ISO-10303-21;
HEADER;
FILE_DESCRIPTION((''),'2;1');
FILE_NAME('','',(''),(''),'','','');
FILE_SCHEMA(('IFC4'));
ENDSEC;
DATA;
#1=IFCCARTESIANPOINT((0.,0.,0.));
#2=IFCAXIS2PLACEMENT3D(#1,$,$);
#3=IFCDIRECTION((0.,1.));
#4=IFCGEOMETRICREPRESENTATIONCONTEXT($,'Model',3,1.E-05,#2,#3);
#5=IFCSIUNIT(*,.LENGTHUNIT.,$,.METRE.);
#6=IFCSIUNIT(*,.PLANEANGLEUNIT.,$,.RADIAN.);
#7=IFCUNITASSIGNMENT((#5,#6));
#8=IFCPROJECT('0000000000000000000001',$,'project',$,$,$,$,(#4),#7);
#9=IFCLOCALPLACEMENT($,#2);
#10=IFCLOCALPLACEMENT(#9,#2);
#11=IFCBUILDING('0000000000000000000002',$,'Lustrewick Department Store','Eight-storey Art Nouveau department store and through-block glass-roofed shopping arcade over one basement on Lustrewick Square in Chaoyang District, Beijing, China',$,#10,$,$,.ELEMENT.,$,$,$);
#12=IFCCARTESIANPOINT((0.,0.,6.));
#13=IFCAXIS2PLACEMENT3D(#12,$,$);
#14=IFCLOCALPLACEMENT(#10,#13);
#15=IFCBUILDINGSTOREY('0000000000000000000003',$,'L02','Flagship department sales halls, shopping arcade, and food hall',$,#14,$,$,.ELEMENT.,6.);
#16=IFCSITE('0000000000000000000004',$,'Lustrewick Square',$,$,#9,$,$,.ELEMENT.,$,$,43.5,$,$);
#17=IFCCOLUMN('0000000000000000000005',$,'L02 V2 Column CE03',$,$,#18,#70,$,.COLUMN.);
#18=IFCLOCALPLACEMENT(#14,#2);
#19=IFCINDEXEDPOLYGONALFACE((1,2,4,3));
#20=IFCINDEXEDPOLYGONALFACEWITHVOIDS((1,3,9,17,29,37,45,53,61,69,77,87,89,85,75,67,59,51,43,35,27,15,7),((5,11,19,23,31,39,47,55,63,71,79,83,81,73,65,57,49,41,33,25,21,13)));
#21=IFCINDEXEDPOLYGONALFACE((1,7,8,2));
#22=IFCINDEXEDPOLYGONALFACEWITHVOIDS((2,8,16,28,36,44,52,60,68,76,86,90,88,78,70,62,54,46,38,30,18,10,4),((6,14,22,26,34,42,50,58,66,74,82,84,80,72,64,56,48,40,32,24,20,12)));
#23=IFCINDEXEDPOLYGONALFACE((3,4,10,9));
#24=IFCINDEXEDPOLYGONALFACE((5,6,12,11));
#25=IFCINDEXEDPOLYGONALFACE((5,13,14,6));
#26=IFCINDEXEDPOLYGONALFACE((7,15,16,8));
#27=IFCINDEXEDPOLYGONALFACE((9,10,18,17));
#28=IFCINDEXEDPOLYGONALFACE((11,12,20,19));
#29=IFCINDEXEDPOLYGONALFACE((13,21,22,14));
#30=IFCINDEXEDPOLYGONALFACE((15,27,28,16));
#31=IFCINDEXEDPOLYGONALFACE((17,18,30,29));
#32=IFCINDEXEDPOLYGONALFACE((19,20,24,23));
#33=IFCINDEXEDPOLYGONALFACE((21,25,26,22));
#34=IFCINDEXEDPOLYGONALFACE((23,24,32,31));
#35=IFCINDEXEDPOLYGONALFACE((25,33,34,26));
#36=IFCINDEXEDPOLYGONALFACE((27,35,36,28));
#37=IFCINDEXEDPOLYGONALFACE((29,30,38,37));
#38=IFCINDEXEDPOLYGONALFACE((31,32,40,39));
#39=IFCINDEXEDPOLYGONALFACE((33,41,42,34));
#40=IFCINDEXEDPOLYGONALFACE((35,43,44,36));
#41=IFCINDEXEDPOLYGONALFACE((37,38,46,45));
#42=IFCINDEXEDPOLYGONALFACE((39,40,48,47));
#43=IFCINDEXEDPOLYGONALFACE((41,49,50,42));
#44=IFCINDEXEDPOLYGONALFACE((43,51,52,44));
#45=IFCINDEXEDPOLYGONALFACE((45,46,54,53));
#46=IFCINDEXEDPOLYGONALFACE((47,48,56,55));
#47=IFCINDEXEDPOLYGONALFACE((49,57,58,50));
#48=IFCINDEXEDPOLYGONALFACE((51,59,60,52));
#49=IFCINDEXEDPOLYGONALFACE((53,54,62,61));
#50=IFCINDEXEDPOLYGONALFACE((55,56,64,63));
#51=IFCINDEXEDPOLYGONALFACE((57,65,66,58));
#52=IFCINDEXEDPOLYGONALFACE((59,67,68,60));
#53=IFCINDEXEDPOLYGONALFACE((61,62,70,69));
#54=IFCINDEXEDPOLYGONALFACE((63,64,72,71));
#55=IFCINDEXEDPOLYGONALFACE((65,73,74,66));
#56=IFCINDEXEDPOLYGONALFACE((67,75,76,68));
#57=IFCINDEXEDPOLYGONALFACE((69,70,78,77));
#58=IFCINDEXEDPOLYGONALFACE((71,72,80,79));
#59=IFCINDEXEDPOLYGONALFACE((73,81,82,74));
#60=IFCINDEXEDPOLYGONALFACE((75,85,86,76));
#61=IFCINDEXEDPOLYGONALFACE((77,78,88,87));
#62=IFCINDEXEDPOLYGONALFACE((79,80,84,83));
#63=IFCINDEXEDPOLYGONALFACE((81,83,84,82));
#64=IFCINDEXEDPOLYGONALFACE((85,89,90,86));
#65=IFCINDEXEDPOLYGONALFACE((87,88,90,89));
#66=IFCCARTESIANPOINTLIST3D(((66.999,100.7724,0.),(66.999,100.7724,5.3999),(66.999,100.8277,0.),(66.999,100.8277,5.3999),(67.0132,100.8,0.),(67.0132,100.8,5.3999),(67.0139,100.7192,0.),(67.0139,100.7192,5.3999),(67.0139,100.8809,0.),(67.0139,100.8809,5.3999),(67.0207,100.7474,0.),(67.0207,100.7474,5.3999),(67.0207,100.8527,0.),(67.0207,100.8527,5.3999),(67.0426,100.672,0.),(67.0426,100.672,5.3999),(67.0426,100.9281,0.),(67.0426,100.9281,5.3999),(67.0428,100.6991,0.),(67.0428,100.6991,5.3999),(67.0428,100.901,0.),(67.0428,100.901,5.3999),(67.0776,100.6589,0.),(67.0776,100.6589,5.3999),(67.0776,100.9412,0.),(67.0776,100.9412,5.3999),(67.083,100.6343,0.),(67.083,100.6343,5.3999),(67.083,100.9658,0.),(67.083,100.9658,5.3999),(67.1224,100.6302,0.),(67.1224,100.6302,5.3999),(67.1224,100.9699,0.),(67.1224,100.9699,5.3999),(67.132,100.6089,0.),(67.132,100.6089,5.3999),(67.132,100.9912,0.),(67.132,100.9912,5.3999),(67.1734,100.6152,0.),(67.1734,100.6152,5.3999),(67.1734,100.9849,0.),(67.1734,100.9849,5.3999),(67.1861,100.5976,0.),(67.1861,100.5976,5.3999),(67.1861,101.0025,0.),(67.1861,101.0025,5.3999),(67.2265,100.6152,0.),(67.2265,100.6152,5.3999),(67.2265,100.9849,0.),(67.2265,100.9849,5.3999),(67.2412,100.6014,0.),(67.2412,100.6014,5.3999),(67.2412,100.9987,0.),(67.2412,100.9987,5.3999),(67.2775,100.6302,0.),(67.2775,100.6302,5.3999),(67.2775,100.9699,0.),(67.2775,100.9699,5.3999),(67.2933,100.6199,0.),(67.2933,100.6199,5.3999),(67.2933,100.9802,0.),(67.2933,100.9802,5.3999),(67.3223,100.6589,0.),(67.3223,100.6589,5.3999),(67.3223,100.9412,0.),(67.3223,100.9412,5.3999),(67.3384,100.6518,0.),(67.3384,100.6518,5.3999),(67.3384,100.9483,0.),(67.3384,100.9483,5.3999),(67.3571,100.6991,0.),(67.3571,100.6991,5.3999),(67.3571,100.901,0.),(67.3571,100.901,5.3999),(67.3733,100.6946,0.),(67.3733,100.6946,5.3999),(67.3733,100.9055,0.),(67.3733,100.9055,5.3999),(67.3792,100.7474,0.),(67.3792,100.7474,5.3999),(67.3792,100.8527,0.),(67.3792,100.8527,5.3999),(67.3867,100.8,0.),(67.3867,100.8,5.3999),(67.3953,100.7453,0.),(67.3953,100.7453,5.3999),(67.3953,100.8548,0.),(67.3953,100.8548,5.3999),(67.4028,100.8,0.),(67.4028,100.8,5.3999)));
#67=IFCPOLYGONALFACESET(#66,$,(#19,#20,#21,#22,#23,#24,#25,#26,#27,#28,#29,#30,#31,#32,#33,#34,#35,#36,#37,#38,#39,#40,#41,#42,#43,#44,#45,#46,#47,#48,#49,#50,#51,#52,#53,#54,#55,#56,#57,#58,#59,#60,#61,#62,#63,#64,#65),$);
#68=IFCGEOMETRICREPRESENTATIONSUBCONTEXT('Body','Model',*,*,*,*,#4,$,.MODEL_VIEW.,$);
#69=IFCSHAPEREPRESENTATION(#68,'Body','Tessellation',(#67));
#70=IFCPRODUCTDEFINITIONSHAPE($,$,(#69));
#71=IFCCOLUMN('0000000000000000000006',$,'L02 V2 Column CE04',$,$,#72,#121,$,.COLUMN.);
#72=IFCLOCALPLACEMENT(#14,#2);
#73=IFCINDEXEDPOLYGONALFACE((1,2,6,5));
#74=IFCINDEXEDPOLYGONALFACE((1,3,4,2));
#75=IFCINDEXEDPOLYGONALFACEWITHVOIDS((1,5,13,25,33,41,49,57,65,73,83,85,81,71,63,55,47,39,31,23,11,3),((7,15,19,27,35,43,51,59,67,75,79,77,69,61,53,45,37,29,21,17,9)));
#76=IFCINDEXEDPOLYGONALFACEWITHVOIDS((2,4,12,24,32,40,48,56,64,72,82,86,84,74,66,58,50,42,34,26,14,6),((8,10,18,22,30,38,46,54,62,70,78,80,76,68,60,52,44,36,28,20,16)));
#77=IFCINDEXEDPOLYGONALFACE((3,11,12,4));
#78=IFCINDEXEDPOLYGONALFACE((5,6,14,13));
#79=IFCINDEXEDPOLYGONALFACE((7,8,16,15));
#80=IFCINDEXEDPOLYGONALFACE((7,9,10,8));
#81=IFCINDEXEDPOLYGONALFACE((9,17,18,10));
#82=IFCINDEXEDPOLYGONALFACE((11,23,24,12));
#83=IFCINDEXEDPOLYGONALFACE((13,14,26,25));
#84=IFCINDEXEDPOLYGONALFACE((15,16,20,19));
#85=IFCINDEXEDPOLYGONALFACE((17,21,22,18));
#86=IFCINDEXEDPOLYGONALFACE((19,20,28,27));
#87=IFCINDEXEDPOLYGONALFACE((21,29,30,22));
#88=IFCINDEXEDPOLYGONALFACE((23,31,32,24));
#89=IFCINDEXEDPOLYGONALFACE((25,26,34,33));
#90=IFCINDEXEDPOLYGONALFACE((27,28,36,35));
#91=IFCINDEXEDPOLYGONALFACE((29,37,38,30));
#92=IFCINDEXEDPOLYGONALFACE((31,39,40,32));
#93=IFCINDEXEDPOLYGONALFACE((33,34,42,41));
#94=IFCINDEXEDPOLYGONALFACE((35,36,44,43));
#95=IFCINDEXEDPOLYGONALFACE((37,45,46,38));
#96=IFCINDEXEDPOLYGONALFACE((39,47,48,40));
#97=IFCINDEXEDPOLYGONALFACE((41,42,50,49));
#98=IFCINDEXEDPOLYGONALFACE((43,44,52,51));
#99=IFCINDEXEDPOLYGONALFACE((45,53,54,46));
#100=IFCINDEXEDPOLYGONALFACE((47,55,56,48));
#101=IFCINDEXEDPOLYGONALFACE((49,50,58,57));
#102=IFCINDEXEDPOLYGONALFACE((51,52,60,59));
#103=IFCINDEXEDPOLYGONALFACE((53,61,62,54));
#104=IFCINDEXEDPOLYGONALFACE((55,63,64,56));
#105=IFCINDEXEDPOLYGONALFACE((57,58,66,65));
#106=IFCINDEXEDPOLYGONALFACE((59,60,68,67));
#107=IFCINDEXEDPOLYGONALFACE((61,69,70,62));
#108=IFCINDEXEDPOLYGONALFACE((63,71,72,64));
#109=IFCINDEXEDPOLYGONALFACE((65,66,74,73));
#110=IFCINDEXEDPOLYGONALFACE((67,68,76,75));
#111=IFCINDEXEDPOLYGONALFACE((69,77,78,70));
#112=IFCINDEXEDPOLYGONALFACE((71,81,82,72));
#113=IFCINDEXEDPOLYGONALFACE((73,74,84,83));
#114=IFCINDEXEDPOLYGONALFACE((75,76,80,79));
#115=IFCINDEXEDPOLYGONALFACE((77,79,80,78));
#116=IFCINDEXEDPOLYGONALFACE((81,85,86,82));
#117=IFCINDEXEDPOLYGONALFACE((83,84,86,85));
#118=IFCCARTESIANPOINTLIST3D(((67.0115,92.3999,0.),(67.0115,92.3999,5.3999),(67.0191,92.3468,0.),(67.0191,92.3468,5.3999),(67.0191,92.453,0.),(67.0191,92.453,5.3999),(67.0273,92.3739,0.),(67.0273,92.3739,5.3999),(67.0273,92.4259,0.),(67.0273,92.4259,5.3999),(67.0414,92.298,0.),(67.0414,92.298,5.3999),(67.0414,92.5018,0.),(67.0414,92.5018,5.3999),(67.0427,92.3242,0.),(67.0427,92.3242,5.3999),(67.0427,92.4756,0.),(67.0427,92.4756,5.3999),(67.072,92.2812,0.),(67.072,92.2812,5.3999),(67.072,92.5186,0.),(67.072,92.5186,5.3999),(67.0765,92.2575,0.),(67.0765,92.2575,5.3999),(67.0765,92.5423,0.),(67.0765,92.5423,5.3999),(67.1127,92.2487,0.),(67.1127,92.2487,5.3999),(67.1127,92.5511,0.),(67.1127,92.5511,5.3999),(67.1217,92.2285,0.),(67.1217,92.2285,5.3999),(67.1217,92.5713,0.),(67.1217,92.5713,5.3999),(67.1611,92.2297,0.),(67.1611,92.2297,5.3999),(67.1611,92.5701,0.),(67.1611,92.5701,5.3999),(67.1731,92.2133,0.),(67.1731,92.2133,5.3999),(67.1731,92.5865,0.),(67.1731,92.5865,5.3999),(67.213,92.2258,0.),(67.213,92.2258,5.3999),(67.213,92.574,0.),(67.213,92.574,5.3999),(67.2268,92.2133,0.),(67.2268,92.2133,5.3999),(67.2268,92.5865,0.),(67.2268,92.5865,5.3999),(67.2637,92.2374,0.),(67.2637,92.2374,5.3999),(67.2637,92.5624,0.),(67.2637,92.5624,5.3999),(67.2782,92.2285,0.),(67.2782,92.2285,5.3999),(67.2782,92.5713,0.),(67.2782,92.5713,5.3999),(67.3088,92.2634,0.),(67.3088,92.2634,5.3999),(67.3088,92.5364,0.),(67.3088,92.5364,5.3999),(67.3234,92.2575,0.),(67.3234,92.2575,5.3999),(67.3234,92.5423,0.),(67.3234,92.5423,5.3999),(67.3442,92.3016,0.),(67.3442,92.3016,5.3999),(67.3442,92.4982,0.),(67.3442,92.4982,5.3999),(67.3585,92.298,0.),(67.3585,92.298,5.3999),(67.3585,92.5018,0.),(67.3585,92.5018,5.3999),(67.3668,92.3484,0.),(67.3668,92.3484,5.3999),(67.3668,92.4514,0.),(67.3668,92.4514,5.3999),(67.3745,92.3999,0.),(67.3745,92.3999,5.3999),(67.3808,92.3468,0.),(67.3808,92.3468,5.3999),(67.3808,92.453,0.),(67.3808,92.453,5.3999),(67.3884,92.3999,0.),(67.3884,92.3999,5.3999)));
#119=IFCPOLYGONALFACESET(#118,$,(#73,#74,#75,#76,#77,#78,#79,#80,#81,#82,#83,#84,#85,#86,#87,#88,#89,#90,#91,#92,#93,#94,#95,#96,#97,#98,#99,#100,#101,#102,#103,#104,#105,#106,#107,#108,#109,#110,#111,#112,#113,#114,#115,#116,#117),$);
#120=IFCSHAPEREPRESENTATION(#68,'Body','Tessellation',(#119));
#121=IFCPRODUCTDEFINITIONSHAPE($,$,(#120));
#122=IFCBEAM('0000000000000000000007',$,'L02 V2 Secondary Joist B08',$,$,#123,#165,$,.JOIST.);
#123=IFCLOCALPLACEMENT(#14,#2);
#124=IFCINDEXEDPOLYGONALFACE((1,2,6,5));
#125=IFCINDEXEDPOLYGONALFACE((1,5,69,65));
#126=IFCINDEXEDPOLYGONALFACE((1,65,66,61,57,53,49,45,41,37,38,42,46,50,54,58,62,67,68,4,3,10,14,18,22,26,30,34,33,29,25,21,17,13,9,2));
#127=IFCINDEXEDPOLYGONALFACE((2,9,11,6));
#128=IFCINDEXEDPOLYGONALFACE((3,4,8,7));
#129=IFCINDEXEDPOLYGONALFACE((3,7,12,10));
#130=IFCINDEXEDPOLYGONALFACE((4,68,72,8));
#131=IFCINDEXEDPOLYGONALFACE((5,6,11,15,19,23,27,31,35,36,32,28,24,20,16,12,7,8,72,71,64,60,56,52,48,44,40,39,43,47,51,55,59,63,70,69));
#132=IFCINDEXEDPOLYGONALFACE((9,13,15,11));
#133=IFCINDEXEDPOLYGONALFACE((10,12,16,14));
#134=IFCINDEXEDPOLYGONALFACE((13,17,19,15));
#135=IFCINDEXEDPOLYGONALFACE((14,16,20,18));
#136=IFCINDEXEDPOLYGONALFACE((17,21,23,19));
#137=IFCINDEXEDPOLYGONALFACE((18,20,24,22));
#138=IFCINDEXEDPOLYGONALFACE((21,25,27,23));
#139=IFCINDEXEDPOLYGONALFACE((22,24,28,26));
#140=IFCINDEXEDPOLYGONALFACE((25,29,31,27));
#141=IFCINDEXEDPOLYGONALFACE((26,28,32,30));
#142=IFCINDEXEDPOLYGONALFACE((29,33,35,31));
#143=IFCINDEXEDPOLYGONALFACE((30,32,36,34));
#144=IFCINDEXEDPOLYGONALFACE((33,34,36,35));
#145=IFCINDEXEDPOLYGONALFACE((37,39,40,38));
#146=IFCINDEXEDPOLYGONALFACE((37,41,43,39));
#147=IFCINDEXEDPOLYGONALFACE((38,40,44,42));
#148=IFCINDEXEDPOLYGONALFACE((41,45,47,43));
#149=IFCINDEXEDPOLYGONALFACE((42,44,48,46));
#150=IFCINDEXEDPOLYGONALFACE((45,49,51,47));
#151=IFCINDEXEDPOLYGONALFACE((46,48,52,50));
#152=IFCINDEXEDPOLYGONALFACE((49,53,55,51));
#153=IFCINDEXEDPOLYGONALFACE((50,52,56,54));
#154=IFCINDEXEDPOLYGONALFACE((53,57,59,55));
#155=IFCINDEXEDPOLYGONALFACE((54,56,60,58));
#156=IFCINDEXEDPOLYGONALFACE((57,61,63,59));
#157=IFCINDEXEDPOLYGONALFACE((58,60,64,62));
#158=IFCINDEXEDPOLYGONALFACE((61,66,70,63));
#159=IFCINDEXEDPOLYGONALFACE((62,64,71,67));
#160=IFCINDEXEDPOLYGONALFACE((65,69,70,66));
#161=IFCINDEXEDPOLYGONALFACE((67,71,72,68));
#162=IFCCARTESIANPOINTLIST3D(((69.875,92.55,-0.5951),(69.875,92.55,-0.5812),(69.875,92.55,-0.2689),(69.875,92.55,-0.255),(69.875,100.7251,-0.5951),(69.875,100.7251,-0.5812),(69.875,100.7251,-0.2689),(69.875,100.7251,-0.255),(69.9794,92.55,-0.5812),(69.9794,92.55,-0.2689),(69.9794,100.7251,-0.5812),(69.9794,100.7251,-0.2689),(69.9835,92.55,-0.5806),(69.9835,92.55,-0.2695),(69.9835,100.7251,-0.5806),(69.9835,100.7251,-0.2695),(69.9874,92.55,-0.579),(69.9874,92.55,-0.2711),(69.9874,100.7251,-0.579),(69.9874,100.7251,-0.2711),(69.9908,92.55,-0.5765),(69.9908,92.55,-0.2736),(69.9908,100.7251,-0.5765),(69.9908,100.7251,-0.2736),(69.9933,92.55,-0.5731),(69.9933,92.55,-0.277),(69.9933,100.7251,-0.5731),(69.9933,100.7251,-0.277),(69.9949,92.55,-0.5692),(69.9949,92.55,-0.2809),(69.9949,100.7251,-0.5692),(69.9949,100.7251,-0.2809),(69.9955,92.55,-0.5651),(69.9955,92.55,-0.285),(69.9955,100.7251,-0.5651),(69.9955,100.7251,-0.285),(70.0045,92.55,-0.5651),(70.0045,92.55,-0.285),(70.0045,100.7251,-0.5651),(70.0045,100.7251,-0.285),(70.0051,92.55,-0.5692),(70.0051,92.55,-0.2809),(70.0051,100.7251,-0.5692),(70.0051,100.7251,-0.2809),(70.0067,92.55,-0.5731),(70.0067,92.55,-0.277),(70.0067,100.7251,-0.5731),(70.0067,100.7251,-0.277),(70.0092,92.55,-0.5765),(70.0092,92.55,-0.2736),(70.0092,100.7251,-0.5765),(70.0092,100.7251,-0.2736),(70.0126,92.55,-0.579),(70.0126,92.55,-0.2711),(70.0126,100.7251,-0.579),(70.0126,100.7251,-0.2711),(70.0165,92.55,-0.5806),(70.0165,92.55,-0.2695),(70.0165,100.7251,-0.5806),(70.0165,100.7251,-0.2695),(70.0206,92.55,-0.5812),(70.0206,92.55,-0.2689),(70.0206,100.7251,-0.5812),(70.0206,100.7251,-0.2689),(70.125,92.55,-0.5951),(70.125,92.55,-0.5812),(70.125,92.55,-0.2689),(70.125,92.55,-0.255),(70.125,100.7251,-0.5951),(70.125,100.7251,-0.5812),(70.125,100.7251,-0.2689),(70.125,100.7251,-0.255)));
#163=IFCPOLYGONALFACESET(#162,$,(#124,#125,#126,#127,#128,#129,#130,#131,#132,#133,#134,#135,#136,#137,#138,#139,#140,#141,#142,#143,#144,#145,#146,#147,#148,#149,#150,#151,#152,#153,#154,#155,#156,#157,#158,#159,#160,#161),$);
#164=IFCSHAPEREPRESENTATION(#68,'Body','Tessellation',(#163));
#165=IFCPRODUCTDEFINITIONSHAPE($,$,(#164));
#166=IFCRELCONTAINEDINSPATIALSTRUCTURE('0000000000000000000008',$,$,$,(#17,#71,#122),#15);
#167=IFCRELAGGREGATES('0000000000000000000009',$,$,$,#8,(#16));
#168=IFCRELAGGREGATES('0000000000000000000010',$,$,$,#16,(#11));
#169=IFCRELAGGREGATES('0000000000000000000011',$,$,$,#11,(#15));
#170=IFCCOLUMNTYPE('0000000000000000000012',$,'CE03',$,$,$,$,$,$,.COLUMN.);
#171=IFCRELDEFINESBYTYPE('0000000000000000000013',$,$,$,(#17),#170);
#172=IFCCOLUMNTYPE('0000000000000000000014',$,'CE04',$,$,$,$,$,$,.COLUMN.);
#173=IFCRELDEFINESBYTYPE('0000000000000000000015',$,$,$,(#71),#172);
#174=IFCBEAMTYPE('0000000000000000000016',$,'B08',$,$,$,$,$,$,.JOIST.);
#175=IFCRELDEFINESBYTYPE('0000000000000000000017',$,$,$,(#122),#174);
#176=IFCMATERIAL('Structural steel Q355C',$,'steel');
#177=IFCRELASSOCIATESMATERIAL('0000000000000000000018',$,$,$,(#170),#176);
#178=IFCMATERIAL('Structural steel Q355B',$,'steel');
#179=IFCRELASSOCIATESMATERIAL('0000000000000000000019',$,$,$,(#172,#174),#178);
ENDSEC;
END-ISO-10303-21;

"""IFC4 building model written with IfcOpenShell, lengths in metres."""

from ifc_helpers import new_model, si_unit, direction, frame, origin, origin_2d, place, context, subcontext, project, spatial, hollow_circle, i_section, extrude, material, material_profile, profile_set, type_object, element, save


model = new_model("IFC4")

# Units and contexts
model_context = context("Model", 3, precision=1e-05, world=origin(), true_north=direction((0.0, 1.0)))
body_context = subcontext(model_context, "Body", "Model", "MODEL_VIEW")
ifc_project = project(units=[si_unit("LENGTHUNIT", "METRE"), si_unit("PLANEANGLEUNIT", "RADIAN")], contexts=[model_context])

# Site, building, storey
site_placement = place(None, origin())
site = spatial("IfcSite", under=ifc_project, at=site_placement, Name="Lustrewick Square", CompositionType="ELEMENT", RefElevation=43.5)
building_placement = place(site_placement, origin())
building = spatial("IfcBuilding", under=site, at=building_placement, Name="Lustrewick Department Store", Description="Eight-storey Art Nouveau department store and through-block glass-roofed shopping arcade over one basement on Lustrewick Square in Chaoyang District, Beijing, China", CompositionType="ELEMENT")
storey_placement = place(building_placement, frame((0.0, 0.0, 6.0)))
storey = spatial("IfcBuildingStorey", under=building, at=storey_placement, Name="L02", Description="Flagship department sales halls, shopping arcade, and food hall", CompositionType="ELEMENT", Elevation=6.0)

# Columns
ifc_material_1 = material(Name="Structural steel Q355C", Category="steel")
ifc_material_profile_1 = material_profile(ifc_material_1, hollow_circle(Radius=0.2029, WallThickness=0.0161, at=origin_2d()), Name="CHS 406x16")
ifc_profile_set_1 = profile_set([ifc_material_profile_1], Name="Structural steel Q355C")
column_type_1 = type_object("IfcColumnType", Name="CE03", PredefinedType="COLUMN", material=ifc_profile_set_1)
column_1_placement = place(storey_placement, frame((67.2, 100.8, 0.0), z_axis=(0.0, 0.0, 1.0), x_axis=(1.0, 0.0, 0.0)))
element("IfcColumn", 1, at=column_1_placement, inside=storey, type_object=column_type_1, Name="L02 V2 Column CE03", PredefinedType="COLUMN", context=body_context, shape_type="SweptSolid", body=[
    extrude(hollow_circle(Radius=0.2029, WallThickness=0.0161, at=origin_2d()), origin(), (0.0, 0.0, 1.0), 5.3999),
])
ifc_material_2 = material(Name="Structural steel Q355B", Category="steel")
ifc_material_profile_2 = material_profile(ifc_material_2, hollow_circle(Radius=0.1885, WallThickness=0.0139, at=origin_2d()), Name="CHS 377x14")
ifc_profile_set_2 = profile_set([ifc_material_profile_2], Name="Structural steel Q355B")
column_type_2 = type_object("IfcColumnType", Name="CE04", PredefinedType="COLUMN", material=ifc_profile_set_2)
column_2_placement = place(storey_placement, frame((67.2, 92.3999, 0.0), z_axis=(0.0, 0.0, 1.0), x_axis=(1.0, 0.0, 0.0)))
element("IfcColumn", 2, at=column_2_placement, inside=storey, type_object=column_type_2, Name="L02 V2 Column CE04", PredefinedType="COLUMN", context=body_context, shape_type="SweptSolid", body=[
    extrude(hollow_circle(Radius=0.1885, WallThickness=0.0139, at=origin_2d()), origin(), (0.0, 0.0, 1.0), 5.3999),
])

# Beam
ifc_material_profile_3 = material_profile(ifc_material_2, i_section(OverallWidth=0.25, OverallDepth=0.3401, WebThickness=0.009, FlangeThickness=0.0139, FilletRadius=0.0161, at=origin_2d()), Name="HM 340x250x9x14")
ifc_profile_set_3 = profile_set([ifc_material_profile_3], Name="Structural steel Q355B")
beam_type_1 = type_object("IfcBeamType", Name="B08", PredefinedType="JOIST", material=ifc_profile_set_3)
beam_1_placement = place(storey_placement, frame((70.0, 92.55, -0.425), z_axis=(0.0, 1.0, 0.0), x_axis=(-1.0, 0.0, 0.0)))
element("IfcBeam", 3, at=beam_1_placement, inside=storey, type_object=beam_type_1, Name="L02 V2 Secondary Joist B08", PredefinedType="JOIST", context=body_context, shape_type="SweptSolid", body=[
    extrude(i_section(OverallWidth=0.25, OverallDepth=0.3401, WebThickness=0.009, FlangeThickness=0.0139, FilletRadius=0.0161, at=origin_2d()), origin(), (0.0, 0.0, 1.0), 8.175),
])

save(model, "model.ifc")
